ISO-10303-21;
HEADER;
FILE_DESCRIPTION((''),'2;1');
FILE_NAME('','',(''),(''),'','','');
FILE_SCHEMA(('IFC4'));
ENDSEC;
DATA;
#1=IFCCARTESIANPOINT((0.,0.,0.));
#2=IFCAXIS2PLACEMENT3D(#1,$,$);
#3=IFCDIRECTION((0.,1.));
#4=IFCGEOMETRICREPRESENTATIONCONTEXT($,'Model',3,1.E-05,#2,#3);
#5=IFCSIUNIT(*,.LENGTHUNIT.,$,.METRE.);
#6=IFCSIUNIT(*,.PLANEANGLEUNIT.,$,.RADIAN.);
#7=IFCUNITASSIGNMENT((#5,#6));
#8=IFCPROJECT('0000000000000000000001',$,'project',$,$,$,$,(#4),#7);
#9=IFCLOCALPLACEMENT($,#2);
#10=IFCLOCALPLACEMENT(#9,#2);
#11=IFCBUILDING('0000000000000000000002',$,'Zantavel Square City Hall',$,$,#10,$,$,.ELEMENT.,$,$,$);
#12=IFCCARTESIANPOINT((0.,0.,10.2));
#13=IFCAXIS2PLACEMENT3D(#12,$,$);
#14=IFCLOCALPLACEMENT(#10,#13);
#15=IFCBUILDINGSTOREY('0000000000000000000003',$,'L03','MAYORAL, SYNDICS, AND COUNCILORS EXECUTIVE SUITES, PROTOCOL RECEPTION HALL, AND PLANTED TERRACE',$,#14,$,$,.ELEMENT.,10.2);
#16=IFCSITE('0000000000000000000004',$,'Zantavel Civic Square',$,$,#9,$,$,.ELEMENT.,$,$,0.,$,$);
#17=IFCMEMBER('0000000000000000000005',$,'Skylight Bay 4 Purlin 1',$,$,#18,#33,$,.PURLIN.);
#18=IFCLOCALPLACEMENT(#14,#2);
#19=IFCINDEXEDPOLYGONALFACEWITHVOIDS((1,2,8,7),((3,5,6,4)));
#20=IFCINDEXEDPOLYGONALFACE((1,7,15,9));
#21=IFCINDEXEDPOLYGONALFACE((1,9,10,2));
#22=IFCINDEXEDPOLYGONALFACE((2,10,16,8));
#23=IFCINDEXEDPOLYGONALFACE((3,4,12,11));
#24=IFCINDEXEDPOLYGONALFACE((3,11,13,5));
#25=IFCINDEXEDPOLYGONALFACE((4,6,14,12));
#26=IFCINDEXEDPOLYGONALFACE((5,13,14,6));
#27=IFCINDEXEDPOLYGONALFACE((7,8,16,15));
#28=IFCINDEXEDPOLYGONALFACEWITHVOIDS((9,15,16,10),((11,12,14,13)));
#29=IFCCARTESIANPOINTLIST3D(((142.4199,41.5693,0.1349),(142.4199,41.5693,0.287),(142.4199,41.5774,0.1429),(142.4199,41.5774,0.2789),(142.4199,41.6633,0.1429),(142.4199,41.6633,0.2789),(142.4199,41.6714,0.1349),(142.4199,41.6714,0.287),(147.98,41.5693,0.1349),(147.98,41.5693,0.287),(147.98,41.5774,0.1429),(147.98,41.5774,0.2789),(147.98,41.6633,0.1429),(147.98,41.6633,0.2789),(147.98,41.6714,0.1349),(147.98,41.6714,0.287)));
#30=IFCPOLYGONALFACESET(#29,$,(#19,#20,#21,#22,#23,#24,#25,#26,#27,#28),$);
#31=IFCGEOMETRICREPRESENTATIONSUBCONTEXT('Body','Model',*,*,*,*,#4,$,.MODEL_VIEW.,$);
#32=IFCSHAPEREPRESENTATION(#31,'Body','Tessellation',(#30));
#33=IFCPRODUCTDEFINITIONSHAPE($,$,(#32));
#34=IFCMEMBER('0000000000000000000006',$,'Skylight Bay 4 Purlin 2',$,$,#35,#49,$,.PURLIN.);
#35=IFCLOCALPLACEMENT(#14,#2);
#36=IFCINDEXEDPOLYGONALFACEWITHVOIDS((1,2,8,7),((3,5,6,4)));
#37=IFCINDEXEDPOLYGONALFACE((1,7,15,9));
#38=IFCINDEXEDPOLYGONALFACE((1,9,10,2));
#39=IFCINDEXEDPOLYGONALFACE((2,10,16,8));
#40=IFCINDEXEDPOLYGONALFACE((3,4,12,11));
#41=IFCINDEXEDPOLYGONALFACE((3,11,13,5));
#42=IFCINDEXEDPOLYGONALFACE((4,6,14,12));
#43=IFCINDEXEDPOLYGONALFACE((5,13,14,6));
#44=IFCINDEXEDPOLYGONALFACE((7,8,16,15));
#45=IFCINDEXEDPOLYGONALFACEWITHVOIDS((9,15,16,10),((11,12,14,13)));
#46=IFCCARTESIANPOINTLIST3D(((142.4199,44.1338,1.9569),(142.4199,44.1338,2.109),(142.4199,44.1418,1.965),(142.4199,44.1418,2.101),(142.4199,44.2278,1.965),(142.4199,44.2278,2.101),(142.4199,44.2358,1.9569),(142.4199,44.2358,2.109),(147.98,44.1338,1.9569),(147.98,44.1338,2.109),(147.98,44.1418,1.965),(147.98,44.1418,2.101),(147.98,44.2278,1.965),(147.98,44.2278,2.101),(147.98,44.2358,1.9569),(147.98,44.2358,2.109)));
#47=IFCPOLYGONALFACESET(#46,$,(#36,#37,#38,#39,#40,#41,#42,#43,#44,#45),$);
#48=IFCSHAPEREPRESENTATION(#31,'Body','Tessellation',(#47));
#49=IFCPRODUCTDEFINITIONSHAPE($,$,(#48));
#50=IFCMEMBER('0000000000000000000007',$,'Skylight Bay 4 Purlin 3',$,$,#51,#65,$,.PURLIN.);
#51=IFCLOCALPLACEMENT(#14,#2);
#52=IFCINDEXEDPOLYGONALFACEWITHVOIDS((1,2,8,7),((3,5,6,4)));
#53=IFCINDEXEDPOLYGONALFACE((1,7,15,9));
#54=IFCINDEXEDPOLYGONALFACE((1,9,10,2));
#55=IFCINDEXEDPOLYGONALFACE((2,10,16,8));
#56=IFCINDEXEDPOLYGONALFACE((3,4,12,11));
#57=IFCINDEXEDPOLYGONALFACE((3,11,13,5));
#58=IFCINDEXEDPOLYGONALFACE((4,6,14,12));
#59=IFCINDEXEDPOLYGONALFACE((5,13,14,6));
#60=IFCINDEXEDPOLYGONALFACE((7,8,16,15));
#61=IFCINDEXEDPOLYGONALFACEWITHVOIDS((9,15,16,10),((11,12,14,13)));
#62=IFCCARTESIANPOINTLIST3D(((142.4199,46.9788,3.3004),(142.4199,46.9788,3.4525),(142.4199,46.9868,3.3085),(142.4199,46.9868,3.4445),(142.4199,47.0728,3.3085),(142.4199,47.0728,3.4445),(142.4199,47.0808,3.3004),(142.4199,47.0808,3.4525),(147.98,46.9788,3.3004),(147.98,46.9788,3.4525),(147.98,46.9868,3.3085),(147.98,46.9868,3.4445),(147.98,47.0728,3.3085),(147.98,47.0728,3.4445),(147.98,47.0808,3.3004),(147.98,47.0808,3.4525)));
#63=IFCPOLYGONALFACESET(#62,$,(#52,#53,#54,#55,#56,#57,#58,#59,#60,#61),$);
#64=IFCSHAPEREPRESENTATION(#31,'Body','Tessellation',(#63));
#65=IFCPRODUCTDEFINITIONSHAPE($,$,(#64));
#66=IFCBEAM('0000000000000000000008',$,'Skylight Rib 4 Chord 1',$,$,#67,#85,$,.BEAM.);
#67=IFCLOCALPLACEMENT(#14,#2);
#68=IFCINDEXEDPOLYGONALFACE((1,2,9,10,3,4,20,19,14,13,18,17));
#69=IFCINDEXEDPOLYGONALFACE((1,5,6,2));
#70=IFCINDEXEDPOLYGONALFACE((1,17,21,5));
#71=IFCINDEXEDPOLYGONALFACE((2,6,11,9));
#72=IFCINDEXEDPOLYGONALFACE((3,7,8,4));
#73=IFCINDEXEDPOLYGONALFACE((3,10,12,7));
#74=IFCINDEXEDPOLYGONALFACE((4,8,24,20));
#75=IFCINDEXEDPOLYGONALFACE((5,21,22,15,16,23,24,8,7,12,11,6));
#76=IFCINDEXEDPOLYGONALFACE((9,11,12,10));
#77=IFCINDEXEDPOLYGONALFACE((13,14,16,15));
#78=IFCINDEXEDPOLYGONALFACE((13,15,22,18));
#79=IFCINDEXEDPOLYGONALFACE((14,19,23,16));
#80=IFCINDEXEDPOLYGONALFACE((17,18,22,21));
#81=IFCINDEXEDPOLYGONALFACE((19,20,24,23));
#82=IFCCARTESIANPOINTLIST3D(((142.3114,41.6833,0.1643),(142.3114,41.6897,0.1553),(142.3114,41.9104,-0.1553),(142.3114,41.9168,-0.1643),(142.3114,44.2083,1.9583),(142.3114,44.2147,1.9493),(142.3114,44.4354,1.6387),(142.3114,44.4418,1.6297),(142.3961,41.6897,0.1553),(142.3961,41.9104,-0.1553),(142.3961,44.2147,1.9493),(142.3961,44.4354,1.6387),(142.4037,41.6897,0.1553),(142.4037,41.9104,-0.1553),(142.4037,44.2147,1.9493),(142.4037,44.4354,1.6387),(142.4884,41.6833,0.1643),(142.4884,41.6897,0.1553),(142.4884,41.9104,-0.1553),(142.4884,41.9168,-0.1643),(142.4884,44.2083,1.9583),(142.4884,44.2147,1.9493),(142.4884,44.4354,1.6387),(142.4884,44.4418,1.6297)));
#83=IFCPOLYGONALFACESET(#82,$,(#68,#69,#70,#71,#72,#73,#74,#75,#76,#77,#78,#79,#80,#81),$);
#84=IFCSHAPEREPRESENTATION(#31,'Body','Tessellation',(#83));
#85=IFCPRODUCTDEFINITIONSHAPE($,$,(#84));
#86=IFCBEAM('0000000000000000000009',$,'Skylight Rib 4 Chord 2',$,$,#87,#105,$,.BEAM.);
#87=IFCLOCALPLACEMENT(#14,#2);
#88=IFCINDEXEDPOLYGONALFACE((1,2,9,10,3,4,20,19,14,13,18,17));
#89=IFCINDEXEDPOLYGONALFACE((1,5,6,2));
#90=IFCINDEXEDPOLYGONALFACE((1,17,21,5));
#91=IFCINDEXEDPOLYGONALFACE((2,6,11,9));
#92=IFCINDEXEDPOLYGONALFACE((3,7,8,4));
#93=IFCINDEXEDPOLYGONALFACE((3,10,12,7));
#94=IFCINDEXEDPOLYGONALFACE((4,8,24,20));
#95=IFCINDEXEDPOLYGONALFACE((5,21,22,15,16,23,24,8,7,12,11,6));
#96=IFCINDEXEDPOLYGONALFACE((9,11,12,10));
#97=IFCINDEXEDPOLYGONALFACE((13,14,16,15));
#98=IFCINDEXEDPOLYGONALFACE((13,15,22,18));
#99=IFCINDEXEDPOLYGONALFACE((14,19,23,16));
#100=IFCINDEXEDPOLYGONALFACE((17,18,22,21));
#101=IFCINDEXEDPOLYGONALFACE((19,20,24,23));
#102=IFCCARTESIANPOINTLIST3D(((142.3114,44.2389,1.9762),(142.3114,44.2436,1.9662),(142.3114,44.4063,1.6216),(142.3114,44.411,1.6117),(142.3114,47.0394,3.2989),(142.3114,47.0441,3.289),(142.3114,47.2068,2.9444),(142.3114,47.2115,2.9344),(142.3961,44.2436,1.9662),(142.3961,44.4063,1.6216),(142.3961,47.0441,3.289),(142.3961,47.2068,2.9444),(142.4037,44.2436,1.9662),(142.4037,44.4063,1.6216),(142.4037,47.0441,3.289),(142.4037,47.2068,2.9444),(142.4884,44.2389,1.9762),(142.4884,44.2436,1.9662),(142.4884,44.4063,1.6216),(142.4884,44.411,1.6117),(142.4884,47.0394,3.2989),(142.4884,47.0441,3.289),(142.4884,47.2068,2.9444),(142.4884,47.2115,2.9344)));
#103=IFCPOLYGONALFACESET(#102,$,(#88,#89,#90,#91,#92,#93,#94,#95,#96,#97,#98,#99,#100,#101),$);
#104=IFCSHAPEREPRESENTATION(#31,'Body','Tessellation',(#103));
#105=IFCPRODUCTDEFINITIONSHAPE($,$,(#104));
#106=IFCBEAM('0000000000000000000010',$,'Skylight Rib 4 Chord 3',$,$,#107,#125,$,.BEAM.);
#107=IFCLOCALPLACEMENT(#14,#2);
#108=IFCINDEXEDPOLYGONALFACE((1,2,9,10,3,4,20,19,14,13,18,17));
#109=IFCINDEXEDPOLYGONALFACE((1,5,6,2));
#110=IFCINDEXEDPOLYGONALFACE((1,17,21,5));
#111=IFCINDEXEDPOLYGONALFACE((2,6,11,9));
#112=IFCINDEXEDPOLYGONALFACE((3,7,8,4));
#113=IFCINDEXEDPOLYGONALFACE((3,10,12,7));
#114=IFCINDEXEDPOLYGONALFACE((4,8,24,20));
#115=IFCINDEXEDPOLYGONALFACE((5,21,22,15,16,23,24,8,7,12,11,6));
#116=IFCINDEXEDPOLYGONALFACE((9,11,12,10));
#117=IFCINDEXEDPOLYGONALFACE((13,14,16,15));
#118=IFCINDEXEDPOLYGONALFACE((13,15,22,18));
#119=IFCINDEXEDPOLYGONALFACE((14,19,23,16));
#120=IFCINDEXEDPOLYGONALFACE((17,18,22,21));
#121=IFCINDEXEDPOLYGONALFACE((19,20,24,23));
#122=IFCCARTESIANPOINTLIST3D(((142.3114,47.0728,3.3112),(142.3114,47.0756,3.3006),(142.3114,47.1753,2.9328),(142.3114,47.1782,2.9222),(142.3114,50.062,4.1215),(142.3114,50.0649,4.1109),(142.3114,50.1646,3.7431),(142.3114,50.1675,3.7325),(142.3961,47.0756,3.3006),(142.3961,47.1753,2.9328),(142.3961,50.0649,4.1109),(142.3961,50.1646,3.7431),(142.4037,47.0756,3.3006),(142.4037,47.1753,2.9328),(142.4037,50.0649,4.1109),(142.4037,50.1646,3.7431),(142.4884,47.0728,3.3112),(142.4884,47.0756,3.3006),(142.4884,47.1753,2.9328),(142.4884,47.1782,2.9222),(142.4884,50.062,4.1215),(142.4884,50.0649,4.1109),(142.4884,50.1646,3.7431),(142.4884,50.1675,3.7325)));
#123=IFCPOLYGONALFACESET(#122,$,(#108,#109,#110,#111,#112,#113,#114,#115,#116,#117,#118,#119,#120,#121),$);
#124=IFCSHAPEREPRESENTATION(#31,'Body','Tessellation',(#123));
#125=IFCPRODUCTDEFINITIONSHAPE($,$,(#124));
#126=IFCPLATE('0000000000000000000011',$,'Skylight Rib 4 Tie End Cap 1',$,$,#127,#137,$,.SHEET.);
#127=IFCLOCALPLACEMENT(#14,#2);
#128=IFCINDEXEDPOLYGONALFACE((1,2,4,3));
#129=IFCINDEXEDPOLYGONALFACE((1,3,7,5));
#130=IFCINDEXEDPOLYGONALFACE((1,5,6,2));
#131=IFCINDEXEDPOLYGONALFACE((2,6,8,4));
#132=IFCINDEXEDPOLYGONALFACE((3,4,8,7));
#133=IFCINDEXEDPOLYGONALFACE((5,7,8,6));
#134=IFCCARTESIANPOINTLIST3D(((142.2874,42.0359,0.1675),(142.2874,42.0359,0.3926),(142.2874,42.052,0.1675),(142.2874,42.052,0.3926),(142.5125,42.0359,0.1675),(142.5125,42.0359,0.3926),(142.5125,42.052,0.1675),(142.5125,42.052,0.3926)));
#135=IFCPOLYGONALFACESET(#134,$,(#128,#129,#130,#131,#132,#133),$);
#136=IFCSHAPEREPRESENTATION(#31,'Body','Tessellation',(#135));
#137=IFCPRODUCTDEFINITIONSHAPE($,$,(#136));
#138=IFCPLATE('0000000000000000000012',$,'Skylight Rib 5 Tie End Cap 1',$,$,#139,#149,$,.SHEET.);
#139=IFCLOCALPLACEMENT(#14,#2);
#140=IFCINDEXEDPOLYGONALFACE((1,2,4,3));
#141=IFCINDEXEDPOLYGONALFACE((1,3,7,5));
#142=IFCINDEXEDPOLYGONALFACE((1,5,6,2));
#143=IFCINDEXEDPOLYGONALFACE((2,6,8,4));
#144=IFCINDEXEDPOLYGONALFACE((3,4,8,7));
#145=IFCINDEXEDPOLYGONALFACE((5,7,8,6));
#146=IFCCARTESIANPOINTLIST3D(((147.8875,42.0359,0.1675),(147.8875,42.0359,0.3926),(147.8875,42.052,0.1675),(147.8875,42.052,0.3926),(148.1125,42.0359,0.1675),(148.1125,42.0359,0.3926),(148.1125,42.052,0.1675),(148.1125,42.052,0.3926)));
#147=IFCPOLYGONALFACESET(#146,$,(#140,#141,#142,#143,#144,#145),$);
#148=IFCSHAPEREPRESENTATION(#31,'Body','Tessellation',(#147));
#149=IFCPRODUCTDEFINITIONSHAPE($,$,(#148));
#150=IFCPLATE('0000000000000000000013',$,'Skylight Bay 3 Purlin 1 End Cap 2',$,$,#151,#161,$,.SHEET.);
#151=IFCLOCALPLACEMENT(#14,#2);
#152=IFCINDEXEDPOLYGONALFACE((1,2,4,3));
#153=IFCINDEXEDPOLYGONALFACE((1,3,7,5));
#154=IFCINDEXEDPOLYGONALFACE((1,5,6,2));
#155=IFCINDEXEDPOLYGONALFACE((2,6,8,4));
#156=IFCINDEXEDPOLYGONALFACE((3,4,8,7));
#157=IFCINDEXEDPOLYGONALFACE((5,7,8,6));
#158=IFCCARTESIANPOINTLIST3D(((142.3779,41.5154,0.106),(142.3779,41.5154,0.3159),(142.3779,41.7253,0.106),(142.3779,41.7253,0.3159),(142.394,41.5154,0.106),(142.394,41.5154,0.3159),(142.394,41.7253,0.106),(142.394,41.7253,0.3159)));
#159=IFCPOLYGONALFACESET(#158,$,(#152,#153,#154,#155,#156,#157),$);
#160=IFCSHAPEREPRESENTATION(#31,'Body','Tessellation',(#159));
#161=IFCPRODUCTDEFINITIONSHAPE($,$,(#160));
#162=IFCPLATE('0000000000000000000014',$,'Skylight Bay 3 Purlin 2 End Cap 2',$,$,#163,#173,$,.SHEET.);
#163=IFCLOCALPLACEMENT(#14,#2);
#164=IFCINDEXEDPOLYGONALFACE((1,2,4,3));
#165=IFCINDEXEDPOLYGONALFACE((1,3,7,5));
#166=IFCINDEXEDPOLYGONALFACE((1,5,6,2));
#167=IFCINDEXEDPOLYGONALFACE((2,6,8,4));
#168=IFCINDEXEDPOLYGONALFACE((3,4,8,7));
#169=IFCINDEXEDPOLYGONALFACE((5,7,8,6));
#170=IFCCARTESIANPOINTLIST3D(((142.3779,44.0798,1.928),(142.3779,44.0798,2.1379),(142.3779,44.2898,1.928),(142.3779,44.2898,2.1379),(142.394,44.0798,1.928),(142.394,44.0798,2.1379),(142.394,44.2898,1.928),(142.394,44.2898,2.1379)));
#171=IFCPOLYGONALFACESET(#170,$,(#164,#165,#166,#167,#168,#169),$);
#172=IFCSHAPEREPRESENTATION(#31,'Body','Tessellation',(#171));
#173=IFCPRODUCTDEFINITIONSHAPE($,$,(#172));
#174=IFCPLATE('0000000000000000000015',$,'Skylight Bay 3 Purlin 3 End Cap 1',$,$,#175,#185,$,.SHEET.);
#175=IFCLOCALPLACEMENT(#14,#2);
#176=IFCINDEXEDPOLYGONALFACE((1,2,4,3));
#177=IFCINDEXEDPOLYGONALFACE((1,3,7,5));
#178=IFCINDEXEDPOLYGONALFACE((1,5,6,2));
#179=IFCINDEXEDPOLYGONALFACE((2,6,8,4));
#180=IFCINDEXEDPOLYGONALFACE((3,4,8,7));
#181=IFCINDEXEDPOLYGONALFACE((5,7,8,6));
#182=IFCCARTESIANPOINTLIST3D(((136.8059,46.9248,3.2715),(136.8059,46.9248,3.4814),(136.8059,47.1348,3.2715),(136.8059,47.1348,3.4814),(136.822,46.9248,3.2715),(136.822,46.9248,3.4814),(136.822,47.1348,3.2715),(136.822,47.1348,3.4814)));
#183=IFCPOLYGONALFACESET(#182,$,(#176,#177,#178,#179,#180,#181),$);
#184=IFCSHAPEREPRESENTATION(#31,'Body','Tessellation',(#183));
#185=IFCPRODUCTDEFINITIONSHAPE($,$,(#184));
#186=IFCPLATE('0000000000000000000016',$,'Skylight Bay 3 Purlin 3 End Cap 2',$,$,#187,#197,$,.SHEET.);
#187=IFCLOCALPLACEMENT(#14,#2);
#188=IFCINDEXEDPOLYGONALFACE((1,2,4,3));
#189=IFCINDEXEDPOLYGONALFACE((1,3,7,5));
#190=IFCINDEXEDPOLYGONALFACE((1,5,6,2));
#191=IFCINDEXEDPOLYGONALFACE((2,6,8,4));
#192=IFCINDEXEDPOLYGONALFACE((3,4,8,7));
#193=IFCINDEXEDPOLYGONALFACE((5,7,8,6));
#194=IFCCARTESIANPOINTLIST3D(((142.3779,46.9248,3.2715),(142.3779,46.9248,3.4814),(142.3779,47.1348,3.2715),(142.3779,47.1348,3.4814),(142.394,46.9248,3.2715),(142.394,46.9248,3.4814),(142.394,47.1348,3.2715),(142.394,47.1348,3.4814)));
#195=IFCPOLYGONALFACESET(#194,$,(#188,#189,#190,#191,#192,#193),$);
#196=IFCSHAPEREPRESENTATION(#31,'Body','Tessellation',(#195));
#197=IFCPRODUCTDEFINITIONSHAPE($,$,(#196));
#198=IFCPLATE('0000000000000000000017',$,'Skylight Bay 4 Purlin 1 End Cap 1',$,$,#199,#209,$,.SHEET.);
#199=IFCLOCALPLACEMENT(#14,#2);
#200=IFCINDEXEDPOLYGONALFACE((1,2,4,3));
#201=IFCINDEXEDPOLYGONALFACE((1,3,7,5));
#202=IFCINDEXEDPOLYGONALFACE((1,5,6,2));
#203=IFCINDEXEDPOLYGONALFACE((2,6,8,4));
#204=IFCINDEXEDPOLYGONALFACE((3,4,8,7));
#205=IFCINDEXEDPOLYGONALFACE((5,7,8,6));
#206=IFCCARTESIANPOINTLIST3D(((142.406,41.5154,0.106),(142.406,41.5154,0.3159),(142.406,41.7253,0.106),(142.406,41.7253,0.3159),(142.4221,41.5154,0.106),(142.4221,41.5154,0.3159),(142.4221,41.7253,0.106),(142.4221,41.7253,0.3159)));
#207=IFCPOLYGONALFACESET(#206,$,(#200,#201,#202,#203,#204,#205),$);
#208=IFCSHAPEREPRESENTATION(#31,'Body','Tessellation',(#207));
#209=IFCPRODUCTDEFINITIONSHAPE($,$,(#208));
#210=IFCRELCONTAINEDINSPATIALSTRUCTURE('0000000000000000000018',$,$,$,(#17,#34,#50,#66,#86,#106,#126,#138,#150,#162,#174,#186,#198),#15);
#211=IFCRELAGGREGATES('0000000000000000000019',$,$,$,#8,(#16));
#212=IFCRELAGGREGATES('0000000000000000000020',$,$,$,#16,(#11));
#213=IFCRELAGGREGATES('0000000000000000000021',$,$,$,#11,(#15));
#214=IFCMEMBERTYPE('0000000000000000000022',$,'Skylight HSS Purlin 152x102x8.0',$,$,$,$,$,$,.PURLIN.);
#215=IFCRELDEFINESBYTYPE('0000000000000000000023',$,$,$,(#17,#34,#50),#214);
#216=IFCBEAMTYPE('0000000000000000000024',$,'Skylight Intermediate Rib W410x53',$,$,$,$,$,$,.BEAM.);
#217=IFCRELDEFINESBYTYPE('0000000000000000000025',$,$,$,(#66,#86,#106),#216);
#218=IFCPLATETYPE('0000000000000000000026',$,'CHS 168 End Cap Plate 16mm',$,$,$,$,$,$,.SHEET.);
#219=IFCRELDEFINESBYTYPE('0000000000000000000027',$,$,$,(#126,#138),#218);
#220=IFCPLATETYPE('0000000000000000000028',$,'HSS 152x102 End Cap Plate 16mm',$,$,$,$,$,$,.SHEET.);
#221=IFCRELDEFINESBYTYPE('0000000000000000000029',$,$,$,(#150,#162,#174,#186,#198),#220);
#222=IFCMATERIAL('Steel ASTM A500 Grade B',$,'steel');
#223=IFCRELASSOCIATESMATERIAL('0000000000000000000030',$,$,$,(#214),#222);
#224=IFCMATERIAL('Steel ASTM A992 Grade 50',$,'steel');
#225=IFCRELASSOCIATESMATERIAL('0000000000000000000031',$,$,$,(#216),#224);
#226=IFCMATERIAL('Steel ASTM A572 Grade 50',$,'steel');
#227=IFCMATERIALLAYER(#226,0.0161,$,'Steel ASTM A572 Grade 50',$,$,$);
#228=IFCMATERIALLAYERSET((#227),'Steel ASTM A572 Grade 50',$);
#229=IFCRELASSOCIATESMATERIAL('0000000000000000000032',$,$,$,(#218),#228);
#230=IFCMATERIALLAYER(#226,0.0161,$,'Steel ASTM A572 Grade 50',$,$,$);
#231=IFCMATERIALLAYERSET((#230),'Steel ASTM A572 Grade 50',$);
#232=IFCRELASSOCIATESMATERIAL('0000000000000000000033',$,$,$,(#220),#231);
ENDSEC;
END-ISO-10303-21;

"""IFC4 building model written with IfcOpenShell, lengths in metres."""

from ifc_helpers import new_model, si_unit, direction, frame, origin, origin_2d, place, context, subcontext, project, spatial, rectangle, hollow_rectangle, i_section, extrude, material, layer, layer_set, material_profile, profile_set, type_object, element, save


model = new_model("IFC4")

# Units and contexts
model_context = context("Model", 3, precision=1e-05, world=origin(), true_north=direction((0.0, 1.0)))
body_context = subcontext(model_context, "Body", "Model", "MODEL_VIEW")
ifc_project = project(units=[si_unit("LENGTHUNIT", "METRE"), si_unit("PLANEANGLEUNIT", "RADIAN")], contexts=[model_context])

# Site, building, storey
site_placement = place(None, origin())
site = spatial("IfcSite", under=ifc_project, at=site_placement, Name="Zantavel Civic Square", CompositionType="ELEMENT", RefElevation=0.0)
building_placement = place(site_placement, origin())
building = spatial("IfcBuilding", under=site, at=building_placement, Name="Zantavel Square City Hall", CompositionType="ELEMENT")
storey_placement = place(building_placement, frame((0.0, 0.0, 10.2)))
storey = spatial("IfcBuildingStorey", under=building, at=storey_placement, Name="L03", Description="MAYORAL, SYNDICS, AND COUNCILORS EXECUTIVE SUITES, PROTOCOL RECEPTION HALL, AND PLANTED TERRACE", CompositionType="ELEMENT", Elevation=10.2)

# Shared definitions
ifc_material_1 = material(Name="Steel ASTM A500 Grade B", Category="steel")

# Shared definitions
ifc_material_2 = material(Name="Steel ASTM A992 Grade 50", Category="steel")

# Members
ifc_material_profile_1 = material_profile(ifc_material_1, hollow_rectangle(XDim=0.1021, YDim=0.1521, WallThickness=0.0081, at=origin_2d()), Name="HSS 152x102x8.0")
ifc_profile_set_1 = profile_set([ifc_material_profile_1], Name="Steel ASTM A500 Grade B")
member_type_1 = type_object("IfcMemberType", Name="Skylight HSS Purlin 152x102x8.0", PredefinedType="PURLIN", material=ifc_profile_set_1)
for number, where, z_axis, x_axis, name in (
    (1, (142.4199, 41.6204, 0.2109), (1.0, 0.0, 0.0), (0.0, 1.0, 0.0), "Skylight Bay 4 Purlin 1"),
    (2, (142.4199, 44.1848, 2.033), (1.0, 0.0, 0.0), (0.0, 1.0, 0.0), "Skylight Bay 4 Purlin 2"),
    (3, (142.4199, 47.0298, 3.3765), (1.0, 0.0, 0.0), (0.0, 1.0, 0.0), "Skylight Bay 4 Purlin 3"),
):
    element("IfcMember", number, at=place(storey_placement, frame(where, z_axis=z_axis, x_axis=x_axis)), inside=storey, type_object=member_type_1, Name=name, PredefinedType="PURLIN", context=body_context, shape_type="SweptSolid", body=[
        extrude(hollow_rectangle(XDim=0.1021, YDim=0.1521, WallThickness=0.0081, at=origin_2d()), origin(), (0.0, 0.0, 1.0), 5.5601),
    ])

# Beams
ifc_material_profile_2 = material_profile(ifc_material_2, i_section(OverallWidth=0.177, OverallDepth=0.4031, WebThickness=0.0076, FlangeThickness=0.011, at=origin_2d()), Name="W410x53")
ifc_profile_set_2 = profile_set([ifc_material_profile_2], Name="Steel ASTM A992 Grade 50")
beam_type_1 = type_object("IfcBeamType", Name="Skylight Intermediate Rib W410x53", PredefinedType="BEAM", material=ifc_profile_set_2)
beam_1_placement = place(storey_placement, frame((142.3999, 41.8, 0.0), z_axis=(0.0, 0.81519, 0.579193), x_axis=(-1.0, 0.0, 0.0)))
element("IfcBeam", 4, at=beam_1_placement, inside=storey, type_object=beam_type_1, Name="Skylight Rib 4 Chord 1", PredefinedType="BEAM", context=body_context, shape_type="SweptSolid", body=[
    extrude(i_section(OverallWidth=0.177, OverallDepth=0.4031, WebThickness=0.0076, FlangeThickness=0.011, at=origin_2d()), origin(), (0.0, 0.0, 1.0), 3.0974),
])
for number, where, z_axis, x_axis, name in (
    (5, (142.3999, 44.325, 1.7939), (0.0, 0.904214, 0.42708), (-1.0, 0.0, 0.0), "Skylight Rib 4 Chord 2"),
    (6, (142.3999, 47.1255, 3.1167), (0.0, 0.965168, 0.26163), (-1.0, 0.0, 0.0), "Skylight Rib 4 Chord 3"),
):
    element("IfcBeam", number, at=place(storey_placement, frame(where, z_axis=z_axis, x_axis=x_axis)), inside=storey, type_object=beam_type_1, Name=name, PredefinedType="BEAM", context=body_context, shape_type="SweptSolid", body=[
        extrude(i_section(OverallWidth=0.177, OverallDepth=0.4031, WebThickness=0.0076, FlangeThickness=0.011, at=origin_2d()), origin(), (0.0, 0.0, 1.0), 3.0972),
    ])

# Plates
ifc_material_3 = material(Name="Steel ASTM A572 Grade 50", Category="steel")
ifc_layer_1 = layer(ifc_material_3, 0.0161, Name="Steel ASTM A572 Grade 50")
ifc_layer_set_1 = layer_set([ifc_layer_1], Name="Steel ASTM A572 Grade 50")
plate_type_1 = type_object("IfcPlateType", Name="CHS 168 End Cap Plate 16mm", PredefinedType="SHEET", material=ifc_layer_set_1)
for number, where, z_axis, x_axis, name in (
    (7, (142.3999, 42.0439, 0.1675), (0.0, 0.0, 1.0), (0.0, 1.0, 0.0), "Skylight Rib 4 Tie End Cap 1"),
    (8, (148.0, 42.0439, 0.1675), (0.0, 0.0, 1.0), (0.0, 1.0, 0.0), "Skylight Rib 5 Tie End Cap 1"),
):
    element("IfcPlate", number, at=place(storey_placement, frame(where, z_axis=z_axis, x_axis=x_axis)), inside=storey, type_object=plate_type_1, Name=name, PredefinedType="SHEET", context=body_context, shape_type="SweptSolid", body=[
        extrude(rectangle(XDim=0.0161, YDim=0.2251, at=origin_2d()), origin(), (0.0, 0.0, 1.0), 0.2251),
    ])
ifc_layer_2 = layer(ifc_material_3, 0.0161, Name="Steel ASTM A572 Grade 50")
ifc_layer_set_2 = layer_set([ifc_layer_2], Name="Steel ASTM A572 Grade 50")
plate_type_2 = type_object("IfcPlateType", Name="HSS 152x102 End Cap Plate 16mm", PredefinedType="SHEET", material=ifc_layer_set_2)
for number, where, z_axis, x_axis, name in (
    (9, (142.386, 41.6204, 0.106), (0.0, 0.0, 1.0), (1.0, 0.0, 0.0), "Skylight Bay 3 Purlin 1 End Cap 2"),
    (10, (142.386, 44.1848, 1.928), (0.0, 0.0, 1.0), (1.0, 0.0, 0.0), "Skylight Bay 3 Purlin 2 End Cap 2"),
    (11, (136.814, 47.0298, 3.2715), (0.0, 0.0, 1.0), (1.0, 0.0, 0.0), "Skylight Bay 3 Purlin 3 End Cap 1"),
    (12, (142.386, 47.0298, 3.2715), (0.0, 0.0, 1.0), (1.0, 0.0, 0.0), "Skylight Bay 3 Purlin 3 End Cap 2"),
    (13, (142.4141, 41.6204, 0.106), (0.0, 0.0, 1.0), (1.0, 0.0, 0.0), "Skylight Bay 4 Purlin 1 End Cap 1"),
):
    element("IfcPlate", number, at=place(storey_placement, frame(where, z_axis=z_axis, x_axis=x_axis)), inside=storey, type_object=plate_type_2, Name=name, PredefinedType="SHEET", context=body_context, shape_type="SweptSolid", body=[
        extrude(rectangle(XDim=0.0161, YDim=0.21, at=origin_2d()), origin(), (0.0, 0.0, 1.0), 0.21),
    ])

save(model, "model.ifc")
